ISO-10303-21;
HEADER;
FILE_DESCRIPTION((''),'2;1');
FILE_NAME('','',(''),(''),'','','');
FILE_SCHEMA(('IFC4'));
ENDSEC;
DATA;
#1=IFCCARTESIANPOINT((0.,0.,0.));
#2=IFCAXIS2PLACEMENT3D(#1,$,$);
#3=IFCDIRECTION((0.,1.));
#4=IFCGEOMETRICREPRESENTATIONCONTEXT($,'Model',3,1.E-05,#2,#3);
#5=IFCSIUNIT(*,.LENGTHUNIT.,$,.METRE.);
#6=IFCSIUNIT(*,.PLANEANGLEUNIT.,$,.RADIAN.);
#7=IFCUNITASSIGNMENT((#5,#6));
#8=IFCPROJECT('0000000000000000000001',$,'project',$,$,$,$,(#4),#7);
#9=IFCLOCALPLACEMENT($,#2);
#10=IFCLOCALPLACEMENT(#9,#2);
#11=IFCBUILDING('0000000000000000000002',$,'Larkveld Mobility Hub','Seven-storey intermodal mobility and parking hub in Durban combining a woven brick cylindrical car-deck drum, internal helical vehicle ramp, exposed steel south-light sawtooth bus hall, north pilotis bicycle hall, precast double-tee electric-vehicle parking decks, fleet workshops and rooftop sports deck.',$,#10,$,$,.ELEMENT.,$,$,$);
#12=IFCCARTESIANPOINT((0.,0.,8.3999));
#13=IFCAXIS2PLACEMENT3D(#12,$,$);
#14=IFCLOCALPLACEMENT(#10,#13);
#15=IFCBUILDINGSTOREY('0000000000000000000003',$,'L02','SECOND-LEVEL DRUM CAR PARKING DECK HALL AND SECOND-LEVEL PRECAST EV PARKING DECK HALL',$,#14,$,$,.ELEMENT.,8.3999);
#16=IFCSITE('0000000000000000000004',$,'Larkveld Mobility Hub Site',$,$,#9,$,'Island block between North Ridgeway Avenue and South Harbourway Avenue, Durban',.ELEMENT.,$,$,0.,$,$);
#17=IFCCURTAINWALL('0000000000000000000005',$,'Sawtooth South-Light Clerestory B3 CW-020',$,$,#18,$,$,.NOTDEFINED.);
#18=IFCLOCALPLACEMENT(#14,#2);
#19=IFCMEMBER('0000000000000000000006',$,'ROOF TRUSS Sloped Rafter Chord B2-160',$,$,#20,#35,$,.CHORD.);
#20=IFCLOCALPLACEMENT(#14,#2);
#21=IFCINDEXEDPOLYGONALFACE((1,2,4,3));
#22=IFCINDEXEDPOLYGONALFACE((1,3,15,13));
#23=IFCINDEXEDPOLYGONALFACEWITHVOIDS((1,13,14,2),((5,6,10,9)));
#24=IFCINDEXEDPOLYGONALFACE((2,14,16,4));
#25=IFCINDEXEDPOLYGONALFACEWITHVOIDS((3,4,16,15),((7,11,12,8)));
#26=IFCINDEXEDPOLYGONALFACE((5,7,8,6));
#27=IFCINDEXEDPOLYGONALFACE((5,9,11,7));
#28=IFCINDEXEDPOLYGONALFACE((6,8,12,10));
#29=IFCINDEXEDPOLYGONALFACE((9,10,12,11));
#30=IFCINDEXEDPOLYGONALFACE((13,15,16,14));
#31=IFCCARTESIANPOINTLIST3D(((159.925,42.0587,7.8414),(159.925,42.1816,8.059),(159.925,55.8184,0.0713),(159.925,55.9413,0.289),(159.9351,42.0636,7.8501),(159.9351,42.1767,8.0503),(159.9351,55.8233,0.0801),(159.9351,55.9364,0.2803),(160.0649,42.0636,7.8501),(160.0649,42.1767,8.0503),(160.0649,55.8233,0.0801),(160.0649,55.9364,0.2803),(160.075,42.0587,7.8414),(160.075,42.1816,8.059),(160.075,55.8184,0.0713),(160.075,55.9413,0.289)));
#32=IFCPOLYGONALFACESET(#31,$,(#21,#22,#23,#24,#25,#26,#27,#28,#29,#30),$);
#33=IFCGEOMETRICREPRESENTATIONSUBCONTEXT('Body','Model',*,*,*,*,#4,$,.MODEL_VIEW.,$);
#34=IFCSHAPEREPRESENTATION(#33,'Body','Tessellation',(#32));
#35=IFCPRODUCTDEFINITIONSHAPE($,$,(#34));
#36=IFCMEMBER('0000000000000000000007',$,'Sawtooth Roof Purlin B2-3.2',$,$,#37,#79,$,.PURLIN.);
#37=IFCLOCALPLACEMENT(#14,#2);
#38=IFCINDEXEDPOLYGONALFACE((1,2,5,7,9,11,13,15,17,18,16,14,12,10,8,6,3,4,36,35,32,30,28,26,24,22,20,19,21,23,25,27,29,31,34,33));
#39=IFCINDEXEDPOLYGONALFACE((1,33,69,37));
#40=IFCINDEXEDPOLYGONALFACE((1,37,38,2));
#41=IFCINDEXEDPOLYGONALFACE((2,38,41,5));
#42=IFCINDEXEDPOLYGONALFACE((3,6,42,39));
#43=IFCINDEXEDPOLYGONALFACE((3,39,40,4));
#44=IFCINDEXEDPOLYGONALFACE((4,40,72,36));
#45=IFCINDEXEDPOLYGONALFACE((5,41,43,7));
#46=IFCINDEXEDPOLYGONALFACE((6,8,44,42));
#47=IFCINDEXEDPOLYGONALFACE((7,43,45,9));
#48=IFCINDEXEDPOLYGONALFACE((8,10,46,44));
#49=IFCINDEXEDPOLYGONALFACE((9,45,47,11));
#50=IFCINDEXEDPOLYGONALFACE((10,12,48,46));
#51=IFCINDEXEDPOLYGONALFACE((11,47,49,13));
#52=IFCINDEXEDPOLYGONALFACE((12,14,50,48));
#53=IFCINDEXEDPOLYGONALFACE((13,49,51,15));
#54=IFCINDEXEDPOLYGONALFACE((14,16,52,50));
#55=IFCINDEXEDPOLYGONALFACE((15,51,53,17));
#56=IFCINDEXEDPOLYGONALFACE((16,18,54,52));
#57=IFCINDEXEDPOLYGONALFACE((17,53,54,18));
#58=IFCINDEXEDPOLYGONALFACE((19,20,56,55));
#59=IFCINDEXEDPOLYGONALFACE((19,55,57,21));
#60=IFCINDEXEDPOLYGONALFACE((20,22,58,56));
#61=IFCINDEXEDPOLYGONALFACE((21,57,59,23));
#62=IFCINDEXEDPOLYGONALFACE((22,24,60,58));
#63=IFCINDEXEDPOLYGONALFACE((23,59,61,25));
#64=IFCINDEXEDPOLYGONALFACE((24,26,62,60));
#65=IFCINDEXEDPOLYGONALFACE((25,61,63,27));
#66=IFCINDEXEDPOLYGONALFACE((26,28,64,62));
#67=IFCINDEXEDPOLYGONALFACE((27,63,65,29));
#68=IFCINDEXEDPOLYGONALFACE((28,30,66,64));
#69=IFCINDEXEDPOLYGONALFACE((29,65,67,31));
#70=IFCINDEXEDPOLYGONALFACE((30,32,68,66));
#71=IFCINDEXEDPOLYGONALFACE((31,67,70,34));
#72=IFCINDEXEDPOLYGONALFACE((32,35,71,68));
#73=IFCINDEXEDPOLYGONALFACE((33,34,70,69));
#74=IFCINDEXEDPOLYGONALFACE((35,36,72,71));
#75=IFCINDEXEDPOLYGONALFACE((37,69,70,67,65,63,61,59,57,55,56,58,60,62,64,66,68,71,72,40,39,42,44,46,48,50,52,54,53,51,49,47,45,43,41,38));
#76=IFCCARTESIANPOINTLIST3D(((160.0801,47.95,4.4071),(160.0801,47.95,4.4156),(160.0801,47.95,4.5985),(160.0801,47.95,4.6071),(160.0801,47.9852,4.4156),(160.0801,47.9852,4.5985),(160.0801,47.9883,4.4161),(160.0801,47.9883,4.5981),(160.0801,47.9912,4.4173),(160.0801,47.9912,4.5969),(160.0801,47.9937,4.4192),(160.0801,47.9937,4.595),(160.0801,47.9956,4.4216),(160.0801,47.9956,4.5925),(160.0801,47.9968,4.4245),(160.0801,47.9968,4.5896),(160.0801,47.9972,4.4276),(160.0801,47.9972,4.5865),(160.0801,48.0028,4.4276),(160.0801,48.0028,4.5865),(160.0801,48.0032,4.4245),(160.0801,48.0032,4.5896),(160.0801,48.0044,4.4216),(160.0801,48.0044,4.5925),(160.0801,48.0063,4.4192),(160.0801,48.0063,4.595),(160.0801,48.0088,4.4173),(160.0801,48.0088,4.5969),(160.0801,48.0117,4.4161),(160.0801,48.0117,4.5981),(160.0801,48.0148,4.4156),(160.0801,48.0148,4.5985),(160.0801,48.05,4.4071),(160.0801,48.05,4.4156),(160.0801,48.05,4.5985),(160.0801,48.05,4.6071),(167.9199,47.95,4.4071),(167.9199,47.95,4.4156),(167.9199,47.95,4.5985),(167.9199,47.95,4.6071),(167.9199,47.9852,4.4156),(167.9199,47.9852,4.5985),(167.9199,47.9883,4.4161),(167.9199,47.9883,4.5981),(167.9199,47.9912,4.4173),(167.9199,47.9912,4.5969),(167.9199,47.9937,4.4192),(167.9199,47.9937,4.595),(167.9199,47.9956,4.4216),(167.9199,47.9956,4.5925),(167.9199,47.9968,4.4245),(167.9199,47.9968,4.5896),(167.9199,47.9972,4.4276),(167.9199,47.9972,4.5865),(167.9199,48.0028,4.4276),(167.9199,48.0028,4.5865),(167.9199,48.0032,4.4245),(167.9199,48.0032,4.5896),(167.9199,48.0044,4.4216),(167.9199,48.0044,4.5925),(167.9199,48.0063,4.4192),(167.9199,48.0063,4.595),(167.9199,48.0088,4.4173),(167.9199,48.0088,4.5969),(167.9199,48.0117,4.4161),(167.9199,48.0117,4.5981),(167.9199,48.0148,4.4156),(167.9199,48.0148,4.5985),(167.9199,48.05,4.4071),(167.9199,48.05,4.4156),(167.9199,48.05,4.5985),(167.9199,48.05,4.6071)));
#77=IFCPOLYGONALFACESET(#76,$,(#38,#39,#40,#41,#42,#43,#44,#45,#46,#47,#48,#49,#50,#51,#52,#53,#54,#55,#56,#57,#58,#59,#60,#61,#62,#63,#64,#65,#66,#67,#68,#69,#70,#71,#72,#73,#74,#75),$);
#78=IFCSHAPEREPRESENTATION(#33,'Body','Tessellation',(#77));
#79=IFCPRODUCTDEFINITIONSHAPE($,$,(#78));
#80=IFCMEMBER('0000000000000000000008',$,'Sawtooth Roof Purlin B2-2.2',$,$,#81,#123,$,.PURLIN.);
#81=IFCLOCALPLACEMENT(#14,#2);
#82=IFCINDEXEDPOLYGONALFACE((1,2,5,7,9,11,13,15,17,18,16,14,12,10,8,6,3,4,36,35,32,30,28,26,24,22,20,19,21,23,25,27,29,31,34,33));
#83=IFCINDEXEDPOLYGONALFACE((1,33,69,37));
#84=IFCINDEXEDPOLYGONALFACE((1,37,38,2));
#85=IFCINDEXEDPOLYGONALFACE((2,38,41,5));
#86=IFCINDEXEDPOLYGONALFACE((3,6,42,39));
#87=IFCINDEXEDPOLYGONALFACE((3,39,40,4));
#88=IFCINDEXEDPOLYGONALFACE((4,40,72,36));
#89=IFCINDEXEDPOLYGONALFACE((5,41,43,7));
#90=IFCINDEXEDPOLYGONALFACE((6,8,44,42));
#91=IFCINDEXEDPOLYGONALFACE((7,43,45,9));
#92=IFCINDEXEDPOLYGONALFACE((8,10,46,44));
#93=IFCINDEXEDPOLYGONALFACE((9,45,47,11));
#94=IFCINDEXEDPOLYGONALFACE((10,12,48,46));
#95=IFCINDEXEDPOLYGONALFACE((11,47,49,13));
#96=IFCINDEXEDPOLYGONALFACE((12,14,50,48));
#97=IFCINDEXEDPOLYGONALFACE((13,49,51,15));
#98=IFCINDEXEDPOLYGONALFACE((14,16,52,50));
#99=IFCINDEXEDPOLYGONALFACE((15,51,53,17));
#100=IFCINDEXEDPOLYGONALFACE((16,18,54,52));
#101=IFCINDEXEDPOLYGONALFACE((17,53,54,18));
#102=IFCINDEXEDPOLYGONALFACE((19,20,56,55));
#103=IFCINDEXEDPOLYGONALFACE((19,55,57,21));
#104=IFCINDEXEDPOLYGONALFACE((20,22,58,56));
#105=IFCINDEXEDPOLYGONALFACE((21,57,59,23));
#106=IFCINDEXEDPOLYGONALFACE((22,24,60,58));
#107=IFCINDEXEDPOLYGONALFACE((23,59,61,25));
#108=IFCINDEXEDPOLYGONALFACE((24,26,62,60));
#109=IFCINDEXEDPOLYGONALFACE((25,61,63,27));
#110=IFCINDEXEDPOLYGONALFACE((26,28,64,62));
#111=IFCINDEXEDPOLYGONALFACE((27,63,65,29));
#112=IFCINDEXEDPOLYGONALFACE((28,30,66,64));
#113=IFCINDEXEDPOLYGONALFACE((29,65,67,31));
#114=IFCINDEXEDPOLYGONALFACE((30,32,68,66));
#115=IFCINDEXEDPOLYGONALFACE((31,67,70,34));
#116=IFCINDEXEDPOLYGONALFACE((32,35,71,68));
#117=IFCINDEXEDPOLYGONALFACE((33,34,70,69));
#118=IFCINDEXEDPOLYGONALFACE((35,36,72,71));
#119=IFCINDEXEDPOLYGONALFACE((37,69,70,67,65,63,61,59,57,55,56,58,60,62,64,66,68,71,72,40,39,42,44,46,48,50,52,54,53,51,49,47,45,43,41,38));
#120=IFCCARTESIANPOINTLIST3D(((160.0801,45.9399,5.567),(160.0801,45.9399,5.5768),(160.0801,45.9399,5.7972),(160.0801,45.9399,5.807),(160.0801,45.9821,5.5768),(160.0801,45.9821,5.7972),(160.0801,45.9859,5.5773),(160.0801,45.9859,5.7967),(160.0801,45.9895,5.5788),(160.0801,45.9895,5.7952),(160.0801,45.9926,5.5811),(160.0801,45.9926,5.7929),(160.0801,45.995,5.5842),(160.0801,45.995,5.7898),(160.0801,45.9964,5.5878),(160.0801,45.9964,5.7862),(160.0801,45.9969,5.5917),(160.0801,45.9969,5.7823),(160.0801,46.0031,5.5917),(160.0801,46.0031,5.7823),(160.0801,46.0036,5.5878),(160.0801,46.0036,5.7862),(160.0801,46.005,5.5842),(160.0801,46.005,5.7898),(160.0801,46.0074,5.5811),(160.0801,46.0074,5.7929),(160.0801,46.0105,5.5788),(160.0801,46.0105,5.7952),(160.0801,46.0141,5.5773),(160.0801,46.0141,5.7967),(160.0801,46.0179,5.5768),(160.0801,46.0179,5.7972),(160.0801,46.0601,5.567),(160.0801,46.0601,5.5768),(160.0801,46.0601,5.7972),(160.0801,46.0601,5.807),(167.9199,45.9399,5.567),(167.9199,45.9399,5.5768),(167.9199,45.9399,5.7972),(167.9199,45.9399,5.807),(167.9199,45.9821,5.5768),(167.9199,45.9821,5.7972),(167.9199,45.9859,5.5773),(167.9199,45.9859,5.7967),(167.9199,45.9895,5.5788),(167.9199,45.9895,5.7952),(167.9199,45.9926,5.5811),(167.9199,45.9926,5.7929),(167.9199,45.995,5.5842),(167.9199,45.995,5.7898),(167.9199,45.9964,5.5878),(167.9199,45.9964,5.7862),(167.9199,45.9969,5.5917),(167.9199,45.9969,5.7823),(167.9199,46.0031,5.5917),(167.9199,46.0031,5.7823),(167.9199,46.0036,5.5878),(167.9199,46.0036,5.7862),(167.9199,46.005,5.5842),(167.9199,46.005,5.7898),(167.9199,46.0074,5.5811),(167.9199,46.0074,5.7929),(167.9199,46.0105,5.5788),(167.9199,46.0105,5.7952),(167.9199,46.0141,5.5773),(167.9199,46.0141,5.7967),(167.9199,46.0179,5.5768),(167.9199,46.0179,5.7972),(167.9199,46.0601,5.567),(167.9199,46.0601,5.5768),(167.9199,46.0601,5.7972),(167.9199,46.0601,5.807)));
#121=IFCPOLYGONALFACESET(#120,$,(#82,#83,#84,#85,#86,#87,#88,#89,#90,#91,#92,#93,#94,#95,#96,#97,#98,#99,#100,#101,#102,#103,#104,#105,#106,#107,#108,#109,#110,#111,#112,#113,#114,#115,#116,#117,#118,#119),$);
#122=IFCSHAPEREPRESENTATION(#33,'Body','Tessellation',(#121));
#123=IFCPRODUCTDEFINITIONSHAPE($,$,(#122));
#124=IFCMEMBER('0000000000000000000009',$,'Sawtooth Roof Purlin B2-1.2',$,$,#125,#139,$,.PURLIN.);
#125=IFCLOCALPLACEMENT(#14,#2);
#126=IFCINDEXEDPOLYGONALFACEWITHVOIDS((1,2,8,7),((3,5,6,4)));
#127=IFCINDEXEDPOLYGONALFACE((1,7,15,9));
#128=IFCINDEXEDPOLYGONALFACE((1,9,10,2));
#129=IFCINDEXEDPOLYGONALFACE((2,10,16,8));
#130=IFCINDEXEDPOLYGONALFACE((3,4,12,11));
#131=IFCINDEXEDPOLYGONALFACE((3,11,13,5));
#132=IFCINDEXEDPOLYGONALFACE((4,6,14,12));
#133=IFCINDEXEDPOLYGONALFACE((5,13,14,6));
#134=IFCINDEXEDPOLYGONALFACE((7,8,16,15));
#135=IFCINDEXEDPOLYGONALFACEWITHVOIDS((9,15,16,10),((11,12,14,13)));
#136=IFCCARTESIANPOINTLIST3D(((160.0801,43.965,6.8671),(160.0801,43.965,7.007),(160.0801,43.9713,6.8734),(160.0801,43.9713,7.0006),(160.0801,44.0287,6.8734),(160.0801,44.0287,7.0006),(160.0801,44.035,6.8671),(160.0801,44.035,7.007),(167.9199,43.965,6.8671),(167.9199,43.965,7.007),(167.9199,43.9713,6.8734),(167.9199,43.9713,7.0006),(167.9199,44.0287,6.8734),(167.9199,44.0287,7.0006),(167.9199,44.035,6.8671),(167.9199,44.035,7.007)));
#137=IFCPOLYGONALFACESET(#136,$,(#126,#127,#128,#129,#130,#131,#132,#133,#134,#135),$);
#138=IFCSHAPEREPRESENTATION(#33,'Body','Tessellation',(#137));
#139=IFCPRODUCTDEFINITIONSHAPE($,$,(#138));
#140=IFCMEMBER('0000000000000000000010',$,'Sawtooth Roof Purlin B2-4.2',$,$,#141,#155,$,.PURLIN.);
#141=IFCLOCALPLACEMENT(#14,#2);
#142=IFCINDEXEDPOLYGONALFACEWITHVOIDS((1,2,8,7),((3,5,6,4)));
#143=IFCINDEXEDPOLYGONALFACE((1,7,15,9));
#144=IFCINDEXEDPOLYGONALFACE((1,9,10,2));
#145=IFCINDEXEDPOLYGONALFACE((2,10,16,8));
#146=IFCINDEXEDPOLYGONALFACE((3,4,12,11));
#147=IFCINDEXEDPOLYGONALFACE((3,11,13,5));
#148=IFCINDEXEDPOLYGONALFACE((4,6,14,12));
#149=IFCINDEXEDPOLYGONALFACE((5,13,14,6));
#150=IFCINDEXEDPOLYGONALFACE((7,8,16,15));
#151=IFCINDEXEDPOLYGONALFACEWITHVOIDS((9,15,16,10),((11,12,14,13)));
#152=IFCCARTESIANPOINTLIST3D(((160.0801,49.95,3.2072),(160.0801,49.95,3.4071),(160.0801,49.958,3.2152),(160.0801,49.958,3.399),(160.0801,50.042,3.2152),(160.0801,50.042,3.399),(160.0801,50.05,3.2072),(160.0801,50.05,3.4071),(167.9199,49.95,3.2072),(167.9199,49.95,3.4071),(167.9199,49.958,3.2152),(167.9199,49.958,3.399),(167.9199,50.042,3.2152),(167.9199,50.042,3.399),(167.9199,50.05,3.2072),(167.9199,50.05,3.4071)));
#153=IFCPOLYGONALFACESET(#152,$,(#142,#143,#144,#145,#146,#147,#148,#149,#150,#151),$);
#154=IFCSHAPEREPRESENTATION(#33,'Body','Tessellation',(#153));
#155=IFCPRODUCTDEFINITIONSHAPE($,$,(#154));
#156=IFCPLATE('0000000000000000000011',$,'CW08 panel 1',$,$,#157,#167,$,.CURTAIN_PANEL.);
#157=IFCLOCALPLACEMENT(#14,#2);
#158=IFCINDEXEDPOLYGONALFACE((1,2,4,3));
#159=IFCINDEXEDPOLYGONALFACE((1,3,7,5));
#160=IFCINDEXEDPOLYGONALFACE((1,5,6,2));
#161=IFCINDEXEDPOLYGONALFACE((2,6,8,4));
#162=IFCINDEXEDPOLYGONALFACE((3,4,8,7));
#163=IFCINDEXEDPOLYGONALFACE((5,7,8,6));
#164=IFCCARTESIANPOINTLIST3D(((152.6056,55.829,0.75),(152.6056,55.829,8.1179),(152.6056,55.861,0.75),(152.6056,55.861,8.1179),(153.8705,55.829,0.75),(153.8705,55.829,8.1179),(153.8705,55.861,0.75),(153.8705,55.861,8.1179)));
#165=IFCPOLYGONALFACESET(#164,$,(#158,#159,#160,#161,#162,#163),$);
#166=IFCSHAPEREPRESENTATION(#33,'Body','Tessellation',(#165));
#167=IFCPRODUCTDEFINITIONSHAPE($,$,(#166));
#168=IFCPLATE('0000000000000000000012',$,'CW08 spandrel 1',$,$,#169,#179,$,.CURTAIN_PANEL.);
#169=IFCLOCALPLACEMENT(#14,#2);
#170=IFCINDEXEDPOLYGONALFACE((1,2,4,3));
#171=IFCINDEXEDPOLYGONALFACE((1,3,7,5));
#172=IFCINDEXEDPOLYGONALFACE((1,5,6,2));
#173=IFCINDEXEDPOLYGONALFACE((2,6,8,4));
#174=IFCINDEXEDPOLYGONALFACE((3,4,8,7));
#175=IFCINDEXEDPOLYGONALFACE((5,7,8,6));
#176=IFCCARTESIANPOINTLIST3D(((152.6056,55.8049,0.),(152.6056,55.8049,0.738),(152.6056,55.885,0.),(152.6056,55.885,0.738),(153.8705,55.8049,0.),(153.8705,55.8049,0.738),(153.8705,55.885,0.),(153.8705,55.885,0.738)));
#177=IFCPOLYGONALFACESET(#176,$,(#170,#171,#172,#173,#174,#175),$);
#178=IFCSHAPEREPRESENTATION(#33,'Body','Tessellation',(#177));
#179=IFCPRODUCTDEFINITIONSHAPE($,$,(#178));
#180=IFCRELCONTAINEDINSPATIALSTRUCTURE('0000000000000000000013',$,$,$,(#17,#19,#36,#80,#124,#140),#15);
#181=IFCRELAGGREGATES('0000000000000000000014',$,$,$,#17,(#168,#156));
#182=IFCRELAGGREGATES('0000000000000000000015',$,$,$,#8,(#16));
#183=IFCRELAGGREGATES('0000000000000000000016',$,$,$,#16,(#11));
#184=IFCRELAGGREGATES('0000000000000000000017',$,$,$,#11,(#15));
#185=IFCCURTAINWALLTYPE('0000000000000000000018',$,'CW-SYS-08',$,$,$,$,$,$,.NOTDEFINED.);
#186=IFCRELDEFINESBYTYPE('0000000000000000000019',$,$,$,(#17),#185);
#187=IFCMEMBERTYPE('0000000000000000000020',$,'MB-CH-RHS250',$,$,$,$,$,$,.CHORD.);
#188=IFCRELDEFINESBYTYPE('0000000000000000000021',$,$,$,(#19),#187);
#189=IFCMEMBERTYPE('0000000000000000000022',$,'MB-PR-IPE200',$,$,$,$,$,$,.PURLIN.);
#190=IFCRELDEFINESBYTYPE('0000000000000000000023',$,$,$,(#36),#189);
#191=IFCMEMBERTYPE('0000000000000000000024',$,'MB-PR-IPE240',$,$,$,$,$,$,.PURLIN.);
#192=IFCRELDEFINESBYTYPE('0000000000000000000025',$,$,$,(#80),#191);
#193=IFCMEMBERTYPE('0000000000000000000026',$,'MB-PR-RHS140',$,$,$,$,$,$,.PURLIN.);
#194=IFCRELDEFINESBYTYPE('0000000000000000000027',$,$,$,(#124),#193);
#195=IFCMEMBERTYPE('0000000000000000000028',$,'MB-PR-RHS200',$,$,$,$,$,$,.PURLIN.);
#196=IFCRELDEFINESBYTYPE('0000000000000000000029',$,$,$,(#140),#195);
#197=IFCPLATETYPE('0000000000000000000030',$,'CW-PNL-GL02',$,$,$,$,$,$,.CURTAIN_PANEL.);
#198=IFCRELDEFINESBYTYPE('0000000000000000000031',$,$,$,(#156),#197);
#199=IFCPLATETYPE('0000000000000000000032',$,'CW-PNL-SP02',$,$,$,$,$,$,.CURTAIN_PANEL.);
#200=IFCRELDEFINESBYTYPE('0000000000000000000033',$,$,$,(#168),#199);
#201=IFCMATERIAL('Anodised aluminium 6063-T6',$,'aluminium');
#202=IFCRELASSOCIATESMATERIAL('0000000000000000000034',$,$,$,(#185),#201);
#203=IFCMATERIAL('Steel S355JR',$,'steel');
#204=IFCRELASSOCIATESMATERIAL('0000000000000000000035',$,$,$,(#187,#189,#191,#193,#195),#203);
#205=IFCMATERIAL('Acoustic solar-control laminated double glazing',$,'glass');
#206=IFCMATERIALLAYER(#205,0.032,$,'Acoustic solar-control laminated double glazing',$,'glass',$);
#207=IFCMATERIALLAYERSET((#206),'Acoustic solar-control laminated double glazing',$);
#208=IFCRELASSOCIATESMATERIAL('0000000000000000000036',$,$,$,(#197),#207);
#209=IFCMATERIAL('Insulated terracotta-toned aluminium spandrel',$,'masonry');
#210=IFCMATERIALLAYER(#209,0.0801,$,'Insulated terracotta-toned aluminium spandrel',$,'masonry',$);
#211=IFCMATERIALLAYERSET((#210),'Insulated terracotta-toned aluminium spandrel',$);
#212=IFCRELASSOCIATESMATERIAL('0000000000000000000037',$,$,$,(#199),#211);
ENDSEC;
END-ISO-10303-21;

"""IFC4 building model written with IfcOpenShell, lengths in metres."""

from ifc_helpers import new_model, si_unit, direction, frame, origin, origin_2d, place, context, subcontext, project, spatial, rectangle, hollow_rectangle, i_section, extrude, material, layer, layer_set, material_profile, profile_set, type_object, element, aggregate, save


model = new_model("IFC4")

# Units and contexts
model_context = context("Model", 3, precision=1e-05, world=origin(), true_north=direction((0.0, 1.0)))
body_context = subcontext(model_context, "Body", "Model", "MODEL_VIEW")
ifc_project = project(units=[si_unit("LENGTHUNIT", "METRE"), si_unit("PLANEANGLEUNIT", "RADIAN")], contexts=[model_context])

# Site, building, storey
site_placement = place(None, origin())
site = spatial("IfcSite", under=ifc_project, at=site_placement, Name="Larkveld Mobility Hub Site", LongName="Island block between North Ridgeway Avenue and South Harbourway Avenue, Durban", CompositionType="ELEMENT", RefElevation=0.0)
building_placement = place(site_placement, origin())
building = spatial("IfcBuilding", under=site, at=building_placement, Name="Larkveld Mobility Hub", Description="Seven-storey intermodal mobility and parking hub in Durban combining a woven brick cylindrical car-deck drum, internal helical vehicle ramp, exposed steel south-light sawtooth bus hall, north pilotis bicycle hall, precast double-tee electric-vehicle parking decks, fleet workshops and rooftop sports deck.", CompositionType="ELEMENT")
storey_placement = place(building_placement, frame((0.0, 0.0, 8.3999)))
storey = spatial("IfcBuildingStorey", under=building, at=storey_placement, Name="L02", Description="SECOND-LEVEL DRUM CAR PARKING DECK HALL AND SECOND-LEVEL PRECAST EV PARKING DECK HALL", CompositionType="ELEMENT", Elevation=8.3999)

# Curtain wall
ifc_material_1 = material(Name="Anodised aluminium 6063-T6", Category="aluminium")
curtain_wall_type = type_object("IfcCurtainWallType", Name="CW-SYS-08", PredefinedType="NOTDEFINED", material=ifc_material_1)
curtain_wall_placement = place(storey_placement, origin())
curtain_wall = element("IfcCurtainWall", 1, at=curtain_wall_placement, inside=storey, type_object=curtain_wall_type, Name="Sawtooth South-Light Clerestory B3 CW-020", PredefinedType="NOTDEFINED")

# Members
ifc_material_2 = material(Name="Steel S355JR", Category="steel")
ifc_material_profile_1 = material_profile(ifc_material_2, hollow_rectangle(XDim=0.1499, YDim=0.25, WallThickness=0.01, at=origin_2d()), Name="RHS 250x150x10")
ifc_profile_set_1 = profile_set([ifc_material_profile_1], Name="Steel S355JR")
member_type_1 = type_object("IfcMemberType", Name="MB-CH-RHS250", PredefinedType="CHORD", material=ifc_profile_set_1)
member_1_placement = place(storey_placement, frame((160.0, 42.1201, 7.9502), z_axis=(0.0, 0.870759, -0.49171), x_axis=(-1.0, 0.0, 0.0)))
element("IfcMember", 2, at=member_1_placement, inside=storey, type_object=member_type_1, Name="ROOF TRUSS Sloped Rafter Chord B2-160", PredefinedType="CHORD", context=body_context, shape_type="SweptSolid", body=[
    extrude(hollow_rectangle(XDim=0.1499, YDim=0.25, WallThickness=0.01, at=origin_2d()), origin(), (0.0, 0.0, 1.0), 15.802),
])
ifc_material_profile_2 = material_profile(ifc_material_2, i_section(OverallWidth=0.1001, OverallDepth=0.2, WebThickness=0.0056, FlangeThickness=0.0085, FilletRadius=0.012, at=origin_2d()), Name="IPE 200")
ifc_profile_set_2 = profile_set([ifc_material_profile_2], Name="Steel S355JR")
member_type_2 = type_object("IfcMemberType", Name="MB-PR-IPE200", PredefinedType="PURLIN", material=ifc_profile_set_2)
member_2_placement = place(storey_placement, frame((160.0801, 48.0, 4.5071), z_axis=(1.0, 0.0, 0.0), x_axis=(0.0, 1.0, 0.0)))
element("IfcMember", 3, at=member_2_placement, inside=storey, type_object=member_type_2, Name="Sawtooth Roof Purlin B2-3.2", PredefinedType="PURLIN", context=body_context, shape_type="SweptSolid", body=[
    extrude(i_section(OverallWidth=0.1001, OverallDepth=0.2, WebThickness=0.0056, FlangeThickness=0.0085, FilletRadius=0.012, at=origin_2d()), origin(), (0.0, 0.0, 1.0), 7.8398),
])
ifc_material_profile_3 = material_profile(ifc_material_2, i_section(OverallWidth=0.1201, OverallDepth=0.24, WebThickness=0.0061, FlangeThickness=0.0098, FilletRadius=0.0149, at=origin_2d()), Name="IPE 240")
ifc_profile_set_3 = profile_set([ifc_material_profile_3], Name="Steel S355JR")
member_type_3 = type_object("IfcMemberType", Name="MB-PR-IPE240", PredefinedType="PURLIN", material=ifc_profile_set_3)
member_3_placement = place(storey_placement, frame((160.0801, 46.0, 5.687), z_axis=(1.0, 0.0, 0.0), x_axis=(0.0, 1.0, 0.0)))
element("IfcMember", 4, at=member_3_placement, inside=storey, type_object=member_type_3, Name="Sawtooth Roof Purlin B2-2.2", PredefinedType="PURLIN", context=body_context, shape_type="SweptSolid", body=[
    extrude(i_section(OverallWidth=0.1201, OverallDepth=0.24, WebThickness=0.0061, FlangeThickness=0.0098, FilletRadius=0.0149, at=origin_2d()), origin(), (0.0, 0.0, 1.0), 7.8398),
])
ifc_material_profile_4 = material_profile(ifc_material_2, hollow_rectangle(XDim=0.0701, YDim=0.1399, WallThickness=0.0063, at=origin_2d()), Name="RHS 140x70x6.3")
ifc_profile_set_4 = profile_set([ifc_material_profile_4], Name="Steel S355JR")
member_type_4 = type_object("IfcMemberType", Name="MB-PR-RHS140", PredefinedType="PURLIN", material=ifc_profile_set_4)
member_4_placement = place(storey_placement, frame((160.0801, 44.0, 6.937), z_axis=(1.0, 0.0, 0.0), x_axis=(0.0, 1.0, 0.0)))
element("IfcMember", 5, at=member_4_placement, inside=storey, type_object=member_type_4, Name="Sawtooth Roof Purlin B2-1.2", PredefinedType="PURLIN", context=body_context, shape_type="SweptSolid", body=[
    extrude(hollow_rectangle(XDim=0.0701, YDim=0.1399, WallThickness=0.0063, at=origin_2d()), origin(), (0.0, 0.0, 1.0), 7.8398),
])
ifc_material_profile_5 = material_profile(ifc_material_2, hollow_rectangle(XDim=0.1001, YDim=0.2, WallThickness=0.0081, at=origin_2d()), Name="RHS 200x100x8")
ifc_profile_set_5 = profile_set([ifc_material_profile_5], Name="Steel S355JR")
member_type_5 = type_object("IfcMemberType", Name="MB-PR-RHS200", PredefinedType="PURLIN", material=ifc_profile_set_5)
member_5_placement = place(storey_placement, frame((160.0801, 50.0, 3.3071), z_axis=(1.0, 0.0, 0.0), x_axis=(0.0, 1.0, 0.0)))
element("IfcMember", 6, at=member_5_placement, inside=storey, type_object=member_type_5, Name="Sawtooth Roof Purlin B2-4.2", PredefinedType="PURLIN", context=body_context, shape_type="SweptSolid", body=[
    extrude(hollow_rectangle(XDim=0.1001, YDim=0.2, WallThickness=0.0081, at=origin_2d()), origin(), (0.0, 0.0, 1.0), 7.8398),
])

# Plates
ifc_material_3 = material(Name="Acoustic solar-control laminated double glazing", Category="glass")
ifc_layer_1 = layer(ifc_material_3, 0.032, Name="Acoustic solar-control laminated double glazing", Category="glass")
ifc_layer_set_1 = layer_set([ifc_layer_1], Name="Acoustic solar-control laminated double glazing")
plate_type_1 = type_object("IfcPlateType", Name="CW-PNL-GL02", PredefinedType="CURTAIN_PANEL", material=ifc_layer_set_1)
plate_1_placement = place(storey_placement, frame((153.238, 55.845, 0.75), z_axis=(0.0, 0.0, 1.0), x_axis=(1.0, 0.0, 0.0)))
plate_1 = element("IfcPlate", 7, at=plate_1_placement, type_object=plate_type_1, Name="CW08 panel 1", PredefinedType="CURTAIN_PANEL", context=body_context, shape_type="SweptSolid", body=[
    extrude(rectangle(XDim=1.2649, YDim=0.032, at=origin_2d()), origin(), (0.0, 0.0, 1.0), 7.3679),
])
ifc_material_4 = material(Name="Insulated terracotta-toned aluminium spandrel", Category="masonry")
ifc_layer_2 = layer(ifc_material_4, 0.0801, Name="Insulated terracotta-toned aluminium spandrel", Category="masonry")
ifc_layer_set_2 = layer_set([ifc_layer_2], Name="Insulated terracotta-toned aluminium spandrel")
plate_type_2 = type_object("IfcPlateType", Name="CW-PNL-SP02", PredefinedType="CURTAIN_PANEL", material=ifc_layer_set_2)
plate_2_placement = place(storey_placement, frame((153.238, 55.845, 0.0), z_axis=(0.0, 0.0, 1.0), x_axis=(1.0, 0.0, 0.0)))
plate_2 = element("IfcPlate", 8, at=plate_2_placement, type_object=plate_type_2, Name="CW08 spandrel 1", PredefinedType="CURTAIN_PANEL", context=body_context, shape_type="SweptSolid", body=[
    extrude(rectangle(XDim=1.2649, YDim=0.0801, at=origin_2d()), origin(), (0.0, 0.0, 1.0), 0.738),
])
aggregate(curtain_wall, [plate_2, plate_1])

save(model, "model.ifc")
